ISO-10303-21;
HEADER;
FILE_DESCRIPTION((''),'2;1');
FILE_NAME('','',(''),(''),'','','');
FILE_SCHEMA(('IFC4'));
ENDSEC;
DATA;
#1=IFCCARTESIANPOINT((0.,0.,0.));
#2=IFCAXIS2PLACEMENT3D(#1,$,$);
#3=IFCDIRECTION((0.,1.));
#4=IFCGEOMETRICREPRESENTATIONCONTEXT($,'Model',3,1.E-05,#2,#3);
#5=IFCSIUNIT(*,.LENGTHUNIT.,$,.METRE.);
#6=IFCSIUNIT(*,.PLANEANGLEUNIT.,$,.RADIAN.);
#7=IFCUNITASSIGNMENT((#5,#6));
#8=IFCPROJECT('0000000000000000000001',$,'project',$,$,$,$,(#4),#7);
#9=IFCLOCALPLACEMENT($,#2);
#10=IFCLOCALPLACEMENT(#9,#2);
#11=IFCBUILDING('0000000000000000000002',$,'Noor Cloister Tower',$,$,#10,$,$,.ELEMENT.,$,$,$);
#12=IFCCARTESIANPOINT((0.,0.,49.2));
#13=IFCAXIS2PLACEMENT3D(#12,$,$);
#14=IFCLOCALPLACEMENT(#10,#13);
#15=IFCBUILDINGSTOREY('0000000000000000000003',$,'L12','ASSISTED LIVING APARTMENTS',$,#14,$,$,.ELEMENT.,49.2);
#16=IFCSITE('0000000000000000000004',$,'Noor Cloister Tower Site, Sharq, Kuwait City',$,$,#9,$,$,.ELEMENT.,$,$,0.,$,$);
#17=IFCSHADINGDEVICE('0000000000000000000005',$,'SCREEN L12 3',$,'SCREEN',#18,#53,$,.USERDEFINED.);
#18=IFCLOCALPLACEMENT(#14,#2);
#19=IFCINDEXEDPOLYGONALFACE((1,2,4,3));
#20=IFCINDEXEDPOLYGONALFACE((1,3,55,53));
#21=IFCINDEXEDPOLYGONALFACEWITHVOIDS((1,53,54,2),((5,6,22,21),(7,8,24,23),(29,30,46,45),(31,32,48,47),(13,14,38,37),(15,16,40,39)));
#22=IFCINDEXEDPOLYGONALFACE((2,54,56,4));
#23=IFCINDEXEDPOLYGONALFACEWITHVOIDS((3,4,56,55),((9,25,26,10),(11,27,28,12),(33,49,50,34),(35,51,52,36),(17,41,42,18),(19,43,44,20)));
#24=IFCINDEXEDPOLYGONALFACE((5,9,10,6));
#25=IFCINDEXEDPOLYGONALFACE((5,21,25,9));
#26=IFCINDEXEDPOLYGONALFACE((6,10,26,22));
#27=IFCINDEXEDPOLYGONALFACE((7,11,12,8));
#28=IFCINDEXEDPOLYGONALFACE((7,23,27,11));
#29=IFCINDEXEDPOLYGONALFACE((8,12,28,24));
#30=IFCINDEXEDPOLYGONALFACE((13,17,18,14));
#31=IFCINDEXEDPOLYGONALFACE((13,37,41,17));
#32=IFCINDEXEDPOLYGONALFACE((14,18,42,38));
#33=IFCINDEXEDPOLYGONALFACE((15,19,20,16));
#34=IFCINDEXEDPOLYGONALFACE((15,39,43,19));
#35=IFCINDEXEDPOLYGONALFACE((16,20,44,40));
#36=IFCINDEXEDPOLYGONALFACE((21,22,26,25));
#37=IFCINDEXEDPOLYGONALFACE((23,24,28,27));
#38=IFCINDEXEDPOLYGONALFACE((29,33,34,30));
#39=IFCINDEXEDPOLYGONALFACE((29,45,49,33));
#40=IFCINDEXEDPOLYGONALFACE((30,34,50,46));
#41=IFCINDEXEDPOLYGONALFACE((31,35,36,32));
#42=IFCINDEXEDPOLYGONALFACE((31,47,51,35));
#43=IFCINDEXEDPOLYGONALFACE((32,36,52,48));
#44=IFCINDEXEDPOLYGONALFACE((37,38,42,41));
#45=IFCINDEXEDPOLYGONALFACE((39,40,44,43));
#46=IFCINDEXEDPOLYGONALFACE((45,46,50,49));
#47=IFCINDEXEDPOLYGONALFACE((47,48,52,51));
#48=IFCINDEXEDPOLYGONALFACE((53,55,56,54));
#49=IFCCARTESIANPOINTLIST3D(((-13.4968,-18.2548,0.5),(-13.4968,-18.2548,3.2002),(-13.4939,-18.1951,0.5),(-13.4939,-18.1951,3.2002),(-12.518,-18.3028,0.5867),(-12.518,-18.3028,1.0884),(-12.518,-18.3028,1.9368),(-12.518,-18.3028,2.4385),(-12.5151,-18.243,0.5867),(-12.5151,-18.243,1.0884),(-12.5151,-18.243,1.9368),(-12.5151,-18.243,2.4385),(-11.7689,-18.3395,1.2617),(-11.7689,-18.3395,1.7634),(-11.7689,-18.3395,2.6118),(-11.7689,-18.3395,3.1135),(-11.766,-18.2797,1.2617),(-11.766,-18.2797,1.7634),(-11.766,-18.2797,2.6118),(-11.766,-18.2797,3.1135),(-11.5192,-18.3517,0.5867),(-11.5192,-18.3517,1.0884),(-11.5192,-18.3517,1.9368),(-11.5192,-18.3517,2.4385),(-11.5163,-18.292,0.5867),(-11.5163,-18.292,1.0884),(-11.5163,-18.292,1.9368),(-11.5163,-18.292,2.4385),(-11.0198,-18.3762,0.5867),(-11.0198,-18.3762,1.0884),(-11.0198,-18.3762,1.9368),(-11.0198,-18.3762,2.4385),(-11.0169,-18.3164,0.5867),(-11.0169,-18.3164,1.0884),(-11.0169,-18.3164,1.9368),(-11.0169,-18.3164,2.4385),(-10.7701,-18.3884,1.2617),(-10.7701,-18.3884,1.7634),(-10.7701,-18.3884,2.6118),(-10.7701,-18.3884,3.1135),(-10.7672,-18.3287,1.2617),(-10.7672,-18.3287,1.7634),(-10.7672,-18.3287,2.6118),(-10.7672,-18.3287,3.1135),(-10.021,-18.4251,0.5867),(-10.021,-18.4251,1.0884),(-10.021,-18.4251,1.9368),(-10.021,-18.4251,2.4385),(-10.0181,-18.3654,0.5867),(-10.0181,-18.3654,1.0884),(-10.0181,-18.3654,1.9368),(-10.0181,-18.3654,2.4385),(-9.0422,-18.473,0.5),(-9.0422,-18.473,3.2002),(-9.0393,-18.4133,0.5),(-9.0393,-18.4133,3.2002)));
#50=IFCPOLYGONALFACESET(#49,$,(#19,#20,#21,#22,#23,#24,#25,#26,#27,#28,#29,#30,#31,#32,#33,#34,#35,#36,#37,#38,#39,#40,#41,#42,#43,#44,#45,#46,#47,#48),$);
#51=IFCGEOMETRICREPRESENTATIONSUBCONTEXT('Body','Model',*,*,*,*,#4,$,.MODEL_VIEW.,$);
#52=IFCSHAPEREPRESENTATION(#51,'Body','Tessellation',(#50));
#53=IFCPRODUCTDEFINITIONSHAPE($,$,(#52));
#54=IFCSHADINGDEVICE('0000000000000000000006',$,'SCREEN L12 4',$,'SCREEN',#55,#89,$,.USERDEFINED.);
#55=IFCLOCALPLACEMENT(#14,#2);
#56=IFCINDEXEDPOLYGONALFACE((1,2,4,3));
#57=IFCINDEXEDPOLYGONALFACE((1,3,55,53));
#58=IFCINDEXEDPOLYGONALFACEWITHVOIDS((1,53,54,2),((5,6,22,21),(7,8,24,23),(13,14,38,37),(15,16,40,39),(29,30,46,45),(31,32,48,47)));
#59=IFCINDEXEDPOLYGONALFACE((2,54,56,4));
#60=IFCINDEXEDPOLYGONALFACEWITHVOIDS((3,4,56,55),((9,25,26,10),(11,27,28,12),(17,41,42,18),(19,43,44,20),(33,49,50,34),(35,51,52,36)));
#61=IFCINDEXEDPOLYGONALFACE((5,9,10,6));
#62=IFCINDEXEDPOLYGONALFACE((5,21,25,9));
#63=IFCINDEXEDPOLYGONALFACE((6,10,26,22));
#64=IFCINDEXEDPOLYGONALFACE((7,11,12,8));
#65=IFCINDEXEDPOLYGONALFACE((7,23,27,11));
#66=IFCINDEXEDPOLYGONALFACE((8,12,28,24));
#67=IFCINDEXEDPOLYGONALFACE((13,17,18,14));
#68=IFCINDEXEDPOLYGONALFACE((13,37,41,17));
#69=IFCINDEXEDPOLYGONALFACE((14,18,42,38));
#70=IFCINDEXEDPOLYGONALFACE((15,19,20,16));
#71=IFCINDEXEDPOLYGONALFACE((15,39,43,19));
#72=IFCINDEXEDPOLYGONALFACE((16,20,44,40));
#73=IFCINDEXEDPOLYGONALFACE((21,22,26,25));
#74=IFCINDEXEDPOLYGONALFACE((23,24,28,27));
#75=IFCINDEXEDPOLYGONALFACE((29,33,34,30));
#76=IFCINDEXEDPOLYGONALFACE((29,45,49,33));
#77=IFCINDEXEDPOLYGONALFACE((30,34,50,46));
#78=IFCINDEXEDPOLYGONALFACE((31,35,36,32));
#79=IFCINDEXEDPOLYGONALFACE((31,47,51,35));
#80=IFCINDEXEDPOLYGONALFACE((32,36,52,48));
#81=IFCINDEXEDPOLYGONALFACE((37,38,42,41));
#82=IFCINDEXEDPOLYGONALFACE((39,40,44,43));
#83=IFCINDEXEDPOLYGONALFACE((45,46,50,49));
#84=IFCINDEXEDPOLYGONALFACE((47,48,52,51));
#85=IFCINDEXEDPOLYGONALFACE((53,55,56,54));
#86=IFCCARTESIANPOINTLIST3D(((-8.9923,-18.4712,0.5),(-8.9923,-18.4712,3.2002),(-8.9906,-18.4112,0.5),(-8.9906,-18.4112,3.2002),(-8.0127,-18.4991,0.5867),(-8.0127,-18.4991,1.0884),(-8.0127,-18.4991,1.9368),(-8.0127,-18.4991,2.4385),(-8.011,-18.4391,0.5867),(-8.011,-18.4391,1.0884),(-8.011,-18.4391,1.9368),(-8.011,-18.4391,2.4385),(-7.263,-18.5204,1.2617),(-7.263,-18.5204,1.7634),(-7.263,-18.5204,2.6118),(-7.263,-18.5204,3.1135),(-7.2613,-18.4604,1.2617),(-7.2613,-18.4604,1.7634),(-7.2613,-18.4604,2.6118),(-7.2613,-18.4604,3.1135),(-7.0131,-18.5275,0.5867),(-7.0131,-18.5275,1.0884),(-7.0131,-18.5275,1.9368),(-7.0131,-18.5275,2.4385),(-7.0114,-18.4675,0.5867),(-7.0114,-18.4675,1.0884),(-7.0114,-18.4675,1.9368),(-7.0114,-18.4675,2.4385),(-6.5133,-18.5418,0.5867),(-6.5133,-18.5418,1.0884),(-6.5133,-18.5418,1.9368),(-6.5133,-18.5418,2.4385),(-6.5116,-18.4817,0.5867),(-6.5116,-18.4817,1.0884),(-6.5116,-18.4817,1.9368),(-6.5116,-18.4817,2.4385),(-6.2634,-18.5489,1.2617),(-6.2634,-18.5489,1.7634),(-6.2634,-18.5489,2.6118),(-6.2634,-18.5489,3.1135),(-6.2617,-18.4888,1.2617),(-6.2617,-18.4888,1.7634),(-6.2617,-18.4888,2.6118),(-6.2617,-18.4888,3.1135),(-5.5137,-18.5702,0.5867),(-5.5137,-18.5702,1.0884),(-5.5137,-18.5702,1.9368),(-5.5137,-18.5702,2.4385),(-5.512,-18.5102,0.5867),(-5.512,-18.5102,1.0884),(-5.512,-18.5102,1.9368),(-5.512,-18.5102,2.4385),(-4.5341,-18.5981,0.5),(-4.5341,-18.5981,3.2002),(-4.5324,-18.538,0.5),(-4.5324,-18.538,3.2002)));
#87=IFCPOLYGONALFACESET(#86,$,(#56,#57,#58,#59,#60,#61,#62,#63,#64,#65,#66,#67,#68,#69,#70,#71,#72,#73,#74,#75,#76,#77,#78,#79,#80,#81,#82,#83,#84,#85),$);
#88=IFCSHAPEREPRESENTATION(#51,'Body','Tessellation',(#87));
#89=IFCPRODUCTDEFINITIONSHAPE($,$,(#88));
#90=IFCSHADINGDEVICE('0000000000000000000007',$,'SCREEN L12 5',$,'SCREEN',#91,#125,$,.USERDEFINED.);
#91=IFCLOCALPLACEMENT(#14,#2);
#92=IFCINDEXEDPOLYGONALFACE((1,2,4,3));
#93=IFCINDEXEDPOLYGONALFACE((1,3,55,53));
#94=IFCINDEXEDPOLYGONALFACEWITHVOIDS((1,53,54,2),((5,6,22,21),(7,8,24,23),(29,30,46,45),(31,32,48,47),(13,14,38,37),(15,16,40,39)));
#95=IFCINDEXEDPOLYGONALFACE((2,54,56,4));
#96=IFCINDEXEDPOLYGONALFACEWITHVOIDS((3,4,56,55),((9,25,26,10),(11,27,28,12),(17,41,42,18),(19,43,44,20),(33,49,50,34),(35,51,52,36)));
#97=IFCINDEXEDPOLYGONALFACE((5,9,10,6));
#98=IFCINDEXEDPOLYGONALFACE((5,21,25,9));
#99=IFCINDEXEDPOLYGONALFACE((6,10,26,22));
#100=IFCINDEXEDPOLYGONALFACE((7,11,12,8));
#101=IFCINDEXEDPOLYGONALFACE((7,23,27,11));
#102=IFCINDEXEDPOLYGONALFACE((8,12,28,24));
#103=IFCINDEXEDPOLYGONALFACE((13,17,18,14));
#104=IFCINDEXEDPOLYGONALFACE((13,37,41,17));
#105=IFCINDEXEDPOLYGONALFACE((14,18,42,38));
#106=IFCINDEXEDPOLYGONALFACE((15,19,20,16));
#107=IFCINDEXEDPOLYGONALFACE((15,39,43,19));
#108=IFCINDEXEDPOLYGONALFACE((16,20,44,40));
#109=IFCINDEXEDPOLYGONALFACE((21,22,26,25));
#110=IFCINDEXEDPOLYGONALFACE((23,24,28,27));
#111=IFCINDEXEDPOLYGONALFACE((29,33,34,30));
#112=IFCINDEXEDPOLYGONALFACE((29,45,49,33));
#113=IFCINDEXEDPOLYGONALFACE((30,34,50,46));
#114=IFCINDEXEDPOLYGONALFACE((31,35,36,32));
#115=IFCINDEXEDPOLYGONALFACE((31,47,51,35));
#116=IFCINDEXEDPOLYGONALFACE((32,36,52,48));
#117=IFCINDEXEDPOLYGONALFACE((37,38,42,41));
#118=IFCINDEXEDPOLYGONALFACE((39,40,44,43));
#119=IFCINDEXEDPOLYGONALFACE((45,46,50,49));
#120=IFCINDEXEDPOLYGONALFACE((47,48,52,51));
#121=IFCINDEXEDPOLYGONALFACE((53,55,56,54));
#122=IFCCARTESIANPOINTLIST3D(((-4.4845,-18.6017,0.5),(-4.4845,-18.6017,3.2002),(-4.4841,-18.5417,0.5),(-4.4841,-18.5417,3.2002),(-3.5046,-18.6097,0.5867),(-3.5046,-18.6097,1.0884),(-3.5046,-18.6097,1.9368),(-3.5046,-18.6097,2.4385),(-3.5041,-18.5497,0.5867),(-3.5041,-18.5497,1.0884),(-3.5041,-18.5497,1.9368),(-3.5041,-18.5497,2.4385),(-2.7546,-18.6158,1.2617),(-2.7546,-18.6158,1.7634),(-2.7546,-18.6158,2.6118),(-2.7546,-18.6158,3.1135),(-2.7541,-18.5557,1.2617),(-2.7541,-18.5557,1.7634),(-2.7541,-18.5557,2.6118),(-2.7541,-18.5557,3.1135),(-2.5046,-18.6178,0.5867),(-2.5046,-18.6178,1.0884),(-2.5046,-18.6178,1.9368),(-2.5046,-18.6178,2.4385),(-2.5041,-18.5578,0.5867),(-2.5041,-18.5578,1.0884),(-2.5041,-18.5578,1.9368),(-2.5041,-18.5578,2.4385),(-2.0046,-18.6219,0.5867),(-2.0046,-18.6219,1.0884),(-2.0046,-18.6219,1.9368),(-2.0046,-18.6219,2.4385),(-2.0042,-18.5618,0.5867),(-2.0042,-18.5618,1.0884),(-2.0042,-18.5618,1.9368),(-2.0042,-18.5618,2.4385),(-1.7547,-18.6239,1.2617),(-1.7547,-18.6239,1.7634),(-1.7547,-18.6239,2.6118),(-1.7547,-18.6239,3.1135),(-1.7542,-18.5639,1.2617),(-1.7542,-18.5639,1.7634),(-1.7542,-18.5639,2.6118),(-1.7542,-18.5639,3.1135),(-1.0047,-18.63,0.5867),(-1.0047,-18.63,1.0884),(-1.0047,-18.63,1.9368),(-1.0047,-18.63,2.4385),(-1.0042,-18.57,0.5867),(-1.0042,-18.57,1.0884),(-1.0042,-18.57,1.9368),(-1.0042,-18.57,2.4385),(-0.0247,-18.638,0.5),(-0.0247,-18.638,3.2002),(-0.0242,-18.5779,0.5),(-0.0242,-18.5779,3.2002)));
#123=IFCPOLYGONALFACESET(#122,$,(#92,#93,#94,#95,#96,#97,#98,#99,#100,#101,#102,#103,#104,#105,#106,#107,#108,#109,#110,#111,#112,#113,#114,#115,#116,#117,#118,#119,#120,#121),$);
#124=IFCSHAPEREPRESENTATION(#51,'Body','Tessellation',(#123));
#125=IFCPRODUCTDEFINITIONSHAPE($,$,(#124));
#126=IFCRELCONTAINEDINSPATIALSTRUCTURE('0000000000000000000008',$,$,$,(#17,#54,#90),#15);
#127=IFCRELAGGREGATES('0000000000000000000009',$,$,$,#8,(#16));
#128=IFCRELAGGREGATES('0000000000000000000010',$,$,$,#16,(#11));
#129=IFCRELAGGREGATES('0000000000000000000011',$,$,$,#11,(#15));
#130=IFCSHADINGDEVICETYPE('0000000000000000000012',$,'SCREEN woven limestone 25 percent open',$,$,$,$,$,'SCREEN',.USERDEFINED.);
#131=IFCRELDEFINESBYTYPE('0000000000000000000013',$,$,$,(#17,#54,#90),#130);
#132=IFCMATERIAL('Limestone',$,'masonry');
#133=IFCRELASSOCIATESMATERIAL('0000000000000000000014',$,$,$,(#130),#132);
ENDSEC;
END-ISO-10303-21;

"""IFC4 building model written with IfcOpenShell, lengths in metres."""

from ifc_helpers import new_model, si_unit, direction, frame, origin, place, context, subcontext, project, spatial, polyline, outline, extrude, material, material_profile, profile_set, type_object, element, save


model = new_model("IFC4")

# Units and contexts
model_context = context("Model", 3, precision=1e-05, world=origin(), true_north=direction((0.0, 1.0)))
body_context = subcontext(model_context, "Body", "Model", "MODEL_VIEW")
ifc_project = project(units=[si_unit("LENGTHUNIT", "METRE"), si_unit("PLANEANGLEUNIT", "RADIAN")], contexts=[model_context])

# Site, building, storey
site_placement = place(None, origin())
site = spatial("IfcSite", under=ifc_project, at=site_placement, Name="Noor Cloister Tower Site, Sharq, Kuwait City", CompositionType="ELEMENT", RefElevation=0.0)
building_placement = place(site_placement, origin())
building = spatial("IfcBuilding", under=site, at=building_placement, Name="Noor Cloister Tower", CompositionType="ELEMENT")
storey_placement = place(building_placement, frame((0.0, 0.0, 49.2)))
storey = spatial("IfcBuildingStorey", under=building, at=storey_placement, Name="L12", Description="ASSISTED LIVING APARTMENTS", CompositionType="ELEMENT", Elevation=49.2)

# Shading devices
ifc_material_1 = material(Name="Limestone", Category="masonry")
ifc_material_profile_1 = material_profile(ifc_material_1, outline(polyline([(-2.23, -1.3501), (2.23, -1.3501), (2.23, 1.3501), (-2.23, 1.3501), (-2.23, -1.3501)]), holes=[polyline([(-1.25, -1.2634), (-0.25, -1.2634), (-0.25, -0.7617), (-1.25, -0.7617), (-1.25, -1.2634)]), polyline([(0.25, -1.2634), (1.25, -1.2634), (1.25, -0.7617), (0.25, -0.7617), (0.25, -1.2634)]), polyline([(-0.5, -0.5884), (0.5, -0.5884), (0.5, -0.0867), (-0.5, -0.0867), (-0.5, -0.5884)]), polyline([(-1.25, 0.0867), (-0.25, 0.0867), (-0.25, 0.5884), (-1.25, 0.5884), (-1.25, 0.0867)]), polyline([(0.25, 0.0867), (1.25, 0.0867), (1.25, 0.5884), (0.25, 0.5884), (0.25, 0.0867)]), polyline([(-0.5, 0.7617), (0.5, 0.7617), (0.5, 1.2634), (-0.5, 1.2634), (-0.5, 0.7617)])]), Name="Woven screen 25 percent open")
ifc_profile_set_1 = profile_set([ifc_material_profile_1], Name="Limestone")
shading_device_type = type_object("IfcShadingDeviceType", Name="SCREEN woven limestone 25 percent open", ElementType="SCREEN", PredefinedType="USERDEFINED", material=ifc_profile_set_1)
shading_device_placement = place(storey_placement, frame((-11.2666, -18.3042, 1.8501), z_axis=(-0.048921, -0.998803, 0.0), x_axis=(0.998803, -0.048921, 0.0)))
element("IfcShadingDevice", 1, at=shading_device_placement, inside=storey, type_object=shading_device_type, Name="SCREEN L12 3", ObjectType="SCREEN", PredefinedType="USERDEFINED", context=body_context, shape_type="SweptSolid", body=[
    extrude(outline(polyline([(-2.23, -1.3501), (2.23, -1.3501), (2.23, 1.3501), (-2.23, 1.3501), (-2.23, -1.3501)]), holes=[polyline([(-1.25, -1.2634), (-0.25, -1.2634), (-0.25, -0.7617), (-1.25, -0.7617), (-1.25, -1.2634)]), polyline([(0.25, -1.2634), (1.25, -1.2634), (1.25, -0.7617), (0.25, -0.7617), (0.25, -1.2634)]), polyline([(-0.5, -0.5884), (0.5, -0.5884), (0.5, -0.0867), (-0.5, -0.0867), (-0.5, -0.5884)]), polyline([(-1.25, 0.0867), (-0.25, 0.0867), (-0.25, 0.5884), (-1.25, 0.5884), (-1.25, 0.0867)]), polyline([(0.25, 0.0867), (1.25, 0.0867), (1.25, 0.5884), (0.25, 0.5884), (0.25, 0.0867)]), polyline([(-0.5, 0.7617), (0.5, 0.7617), (0.5, 1.2634), (-0.5, 1.2634), (-0.5, 0.7617)])]), origin(), (0.0, 0.0, 1.0), 0.0598),
])
for number, where, z_axis, x_axis, name in (
    (2, (-6.7615, -18.4746, 1.8501), (-0.028444, -0.999595, 0.0), (0.999595, -0.028444, 0.0), "SCREEN L12 4"),
    (3, (-2.2542, -18.5598, 1.8501), (-0.00813, -0.999967, 0.0), (0.999967, -0.00813, 0.0), "SCREEN L12 5"),
):
    element("IfcShadingDevice", number, at=place(storey_placement, frame(where, z_axis=z_axis, x_axis=x_axis)), inside=storey, type_object=shading_device_type, Name=name, ObjectType="SCREEN", PredefinedType="USERDEFINED", context=body_context, shape_type="SweptSolid", body=[
        extrude(outline(polyline([(-2.23, -1.3501), (2.23, -1.3501), (2.23, 1.3501), (-2.23, 1.3501), (-2.23, -1.3501)]), holes=[polyline([(-1.25, -1.2634), (-0.25, -1.2634), (-0.25, -0.7617), (-1.25, -0.7617), (-1.25, -1.2634)]), polyline([(0.25, -1.2634), (1.25, -1.2634), (1.25, -0.7617), (0.25, -0.7617), (0.25, -1.2634)]), polyline([(-0.5, -0.5884), (0.5, -0.5884), (0.5, -0.0867), (-0.5, -0.0867), (-0.5, -0.5884)]), polyline([(-1.25, 0.0867), (-0.25, 0.0867), (-0.25, 0.5884), (-1.25, 0.5884), (-1.25, 0.0867)]), polyline([(0.25, 0.0867), (1.25, 0.0867), (1.25, 0.5884), (0.25, 0.5884), (0.25, 0.0867)]), polyline([(-0.5, 0.7617), (0.5, 0.7617), (0.5, 1.2634), (-0.5, 1.2634), (-0.5, 0.7617)])]), origin(), (0.0, 0.0, 1.0), 0.0601),
    ])

save(model, "model.ifc")
